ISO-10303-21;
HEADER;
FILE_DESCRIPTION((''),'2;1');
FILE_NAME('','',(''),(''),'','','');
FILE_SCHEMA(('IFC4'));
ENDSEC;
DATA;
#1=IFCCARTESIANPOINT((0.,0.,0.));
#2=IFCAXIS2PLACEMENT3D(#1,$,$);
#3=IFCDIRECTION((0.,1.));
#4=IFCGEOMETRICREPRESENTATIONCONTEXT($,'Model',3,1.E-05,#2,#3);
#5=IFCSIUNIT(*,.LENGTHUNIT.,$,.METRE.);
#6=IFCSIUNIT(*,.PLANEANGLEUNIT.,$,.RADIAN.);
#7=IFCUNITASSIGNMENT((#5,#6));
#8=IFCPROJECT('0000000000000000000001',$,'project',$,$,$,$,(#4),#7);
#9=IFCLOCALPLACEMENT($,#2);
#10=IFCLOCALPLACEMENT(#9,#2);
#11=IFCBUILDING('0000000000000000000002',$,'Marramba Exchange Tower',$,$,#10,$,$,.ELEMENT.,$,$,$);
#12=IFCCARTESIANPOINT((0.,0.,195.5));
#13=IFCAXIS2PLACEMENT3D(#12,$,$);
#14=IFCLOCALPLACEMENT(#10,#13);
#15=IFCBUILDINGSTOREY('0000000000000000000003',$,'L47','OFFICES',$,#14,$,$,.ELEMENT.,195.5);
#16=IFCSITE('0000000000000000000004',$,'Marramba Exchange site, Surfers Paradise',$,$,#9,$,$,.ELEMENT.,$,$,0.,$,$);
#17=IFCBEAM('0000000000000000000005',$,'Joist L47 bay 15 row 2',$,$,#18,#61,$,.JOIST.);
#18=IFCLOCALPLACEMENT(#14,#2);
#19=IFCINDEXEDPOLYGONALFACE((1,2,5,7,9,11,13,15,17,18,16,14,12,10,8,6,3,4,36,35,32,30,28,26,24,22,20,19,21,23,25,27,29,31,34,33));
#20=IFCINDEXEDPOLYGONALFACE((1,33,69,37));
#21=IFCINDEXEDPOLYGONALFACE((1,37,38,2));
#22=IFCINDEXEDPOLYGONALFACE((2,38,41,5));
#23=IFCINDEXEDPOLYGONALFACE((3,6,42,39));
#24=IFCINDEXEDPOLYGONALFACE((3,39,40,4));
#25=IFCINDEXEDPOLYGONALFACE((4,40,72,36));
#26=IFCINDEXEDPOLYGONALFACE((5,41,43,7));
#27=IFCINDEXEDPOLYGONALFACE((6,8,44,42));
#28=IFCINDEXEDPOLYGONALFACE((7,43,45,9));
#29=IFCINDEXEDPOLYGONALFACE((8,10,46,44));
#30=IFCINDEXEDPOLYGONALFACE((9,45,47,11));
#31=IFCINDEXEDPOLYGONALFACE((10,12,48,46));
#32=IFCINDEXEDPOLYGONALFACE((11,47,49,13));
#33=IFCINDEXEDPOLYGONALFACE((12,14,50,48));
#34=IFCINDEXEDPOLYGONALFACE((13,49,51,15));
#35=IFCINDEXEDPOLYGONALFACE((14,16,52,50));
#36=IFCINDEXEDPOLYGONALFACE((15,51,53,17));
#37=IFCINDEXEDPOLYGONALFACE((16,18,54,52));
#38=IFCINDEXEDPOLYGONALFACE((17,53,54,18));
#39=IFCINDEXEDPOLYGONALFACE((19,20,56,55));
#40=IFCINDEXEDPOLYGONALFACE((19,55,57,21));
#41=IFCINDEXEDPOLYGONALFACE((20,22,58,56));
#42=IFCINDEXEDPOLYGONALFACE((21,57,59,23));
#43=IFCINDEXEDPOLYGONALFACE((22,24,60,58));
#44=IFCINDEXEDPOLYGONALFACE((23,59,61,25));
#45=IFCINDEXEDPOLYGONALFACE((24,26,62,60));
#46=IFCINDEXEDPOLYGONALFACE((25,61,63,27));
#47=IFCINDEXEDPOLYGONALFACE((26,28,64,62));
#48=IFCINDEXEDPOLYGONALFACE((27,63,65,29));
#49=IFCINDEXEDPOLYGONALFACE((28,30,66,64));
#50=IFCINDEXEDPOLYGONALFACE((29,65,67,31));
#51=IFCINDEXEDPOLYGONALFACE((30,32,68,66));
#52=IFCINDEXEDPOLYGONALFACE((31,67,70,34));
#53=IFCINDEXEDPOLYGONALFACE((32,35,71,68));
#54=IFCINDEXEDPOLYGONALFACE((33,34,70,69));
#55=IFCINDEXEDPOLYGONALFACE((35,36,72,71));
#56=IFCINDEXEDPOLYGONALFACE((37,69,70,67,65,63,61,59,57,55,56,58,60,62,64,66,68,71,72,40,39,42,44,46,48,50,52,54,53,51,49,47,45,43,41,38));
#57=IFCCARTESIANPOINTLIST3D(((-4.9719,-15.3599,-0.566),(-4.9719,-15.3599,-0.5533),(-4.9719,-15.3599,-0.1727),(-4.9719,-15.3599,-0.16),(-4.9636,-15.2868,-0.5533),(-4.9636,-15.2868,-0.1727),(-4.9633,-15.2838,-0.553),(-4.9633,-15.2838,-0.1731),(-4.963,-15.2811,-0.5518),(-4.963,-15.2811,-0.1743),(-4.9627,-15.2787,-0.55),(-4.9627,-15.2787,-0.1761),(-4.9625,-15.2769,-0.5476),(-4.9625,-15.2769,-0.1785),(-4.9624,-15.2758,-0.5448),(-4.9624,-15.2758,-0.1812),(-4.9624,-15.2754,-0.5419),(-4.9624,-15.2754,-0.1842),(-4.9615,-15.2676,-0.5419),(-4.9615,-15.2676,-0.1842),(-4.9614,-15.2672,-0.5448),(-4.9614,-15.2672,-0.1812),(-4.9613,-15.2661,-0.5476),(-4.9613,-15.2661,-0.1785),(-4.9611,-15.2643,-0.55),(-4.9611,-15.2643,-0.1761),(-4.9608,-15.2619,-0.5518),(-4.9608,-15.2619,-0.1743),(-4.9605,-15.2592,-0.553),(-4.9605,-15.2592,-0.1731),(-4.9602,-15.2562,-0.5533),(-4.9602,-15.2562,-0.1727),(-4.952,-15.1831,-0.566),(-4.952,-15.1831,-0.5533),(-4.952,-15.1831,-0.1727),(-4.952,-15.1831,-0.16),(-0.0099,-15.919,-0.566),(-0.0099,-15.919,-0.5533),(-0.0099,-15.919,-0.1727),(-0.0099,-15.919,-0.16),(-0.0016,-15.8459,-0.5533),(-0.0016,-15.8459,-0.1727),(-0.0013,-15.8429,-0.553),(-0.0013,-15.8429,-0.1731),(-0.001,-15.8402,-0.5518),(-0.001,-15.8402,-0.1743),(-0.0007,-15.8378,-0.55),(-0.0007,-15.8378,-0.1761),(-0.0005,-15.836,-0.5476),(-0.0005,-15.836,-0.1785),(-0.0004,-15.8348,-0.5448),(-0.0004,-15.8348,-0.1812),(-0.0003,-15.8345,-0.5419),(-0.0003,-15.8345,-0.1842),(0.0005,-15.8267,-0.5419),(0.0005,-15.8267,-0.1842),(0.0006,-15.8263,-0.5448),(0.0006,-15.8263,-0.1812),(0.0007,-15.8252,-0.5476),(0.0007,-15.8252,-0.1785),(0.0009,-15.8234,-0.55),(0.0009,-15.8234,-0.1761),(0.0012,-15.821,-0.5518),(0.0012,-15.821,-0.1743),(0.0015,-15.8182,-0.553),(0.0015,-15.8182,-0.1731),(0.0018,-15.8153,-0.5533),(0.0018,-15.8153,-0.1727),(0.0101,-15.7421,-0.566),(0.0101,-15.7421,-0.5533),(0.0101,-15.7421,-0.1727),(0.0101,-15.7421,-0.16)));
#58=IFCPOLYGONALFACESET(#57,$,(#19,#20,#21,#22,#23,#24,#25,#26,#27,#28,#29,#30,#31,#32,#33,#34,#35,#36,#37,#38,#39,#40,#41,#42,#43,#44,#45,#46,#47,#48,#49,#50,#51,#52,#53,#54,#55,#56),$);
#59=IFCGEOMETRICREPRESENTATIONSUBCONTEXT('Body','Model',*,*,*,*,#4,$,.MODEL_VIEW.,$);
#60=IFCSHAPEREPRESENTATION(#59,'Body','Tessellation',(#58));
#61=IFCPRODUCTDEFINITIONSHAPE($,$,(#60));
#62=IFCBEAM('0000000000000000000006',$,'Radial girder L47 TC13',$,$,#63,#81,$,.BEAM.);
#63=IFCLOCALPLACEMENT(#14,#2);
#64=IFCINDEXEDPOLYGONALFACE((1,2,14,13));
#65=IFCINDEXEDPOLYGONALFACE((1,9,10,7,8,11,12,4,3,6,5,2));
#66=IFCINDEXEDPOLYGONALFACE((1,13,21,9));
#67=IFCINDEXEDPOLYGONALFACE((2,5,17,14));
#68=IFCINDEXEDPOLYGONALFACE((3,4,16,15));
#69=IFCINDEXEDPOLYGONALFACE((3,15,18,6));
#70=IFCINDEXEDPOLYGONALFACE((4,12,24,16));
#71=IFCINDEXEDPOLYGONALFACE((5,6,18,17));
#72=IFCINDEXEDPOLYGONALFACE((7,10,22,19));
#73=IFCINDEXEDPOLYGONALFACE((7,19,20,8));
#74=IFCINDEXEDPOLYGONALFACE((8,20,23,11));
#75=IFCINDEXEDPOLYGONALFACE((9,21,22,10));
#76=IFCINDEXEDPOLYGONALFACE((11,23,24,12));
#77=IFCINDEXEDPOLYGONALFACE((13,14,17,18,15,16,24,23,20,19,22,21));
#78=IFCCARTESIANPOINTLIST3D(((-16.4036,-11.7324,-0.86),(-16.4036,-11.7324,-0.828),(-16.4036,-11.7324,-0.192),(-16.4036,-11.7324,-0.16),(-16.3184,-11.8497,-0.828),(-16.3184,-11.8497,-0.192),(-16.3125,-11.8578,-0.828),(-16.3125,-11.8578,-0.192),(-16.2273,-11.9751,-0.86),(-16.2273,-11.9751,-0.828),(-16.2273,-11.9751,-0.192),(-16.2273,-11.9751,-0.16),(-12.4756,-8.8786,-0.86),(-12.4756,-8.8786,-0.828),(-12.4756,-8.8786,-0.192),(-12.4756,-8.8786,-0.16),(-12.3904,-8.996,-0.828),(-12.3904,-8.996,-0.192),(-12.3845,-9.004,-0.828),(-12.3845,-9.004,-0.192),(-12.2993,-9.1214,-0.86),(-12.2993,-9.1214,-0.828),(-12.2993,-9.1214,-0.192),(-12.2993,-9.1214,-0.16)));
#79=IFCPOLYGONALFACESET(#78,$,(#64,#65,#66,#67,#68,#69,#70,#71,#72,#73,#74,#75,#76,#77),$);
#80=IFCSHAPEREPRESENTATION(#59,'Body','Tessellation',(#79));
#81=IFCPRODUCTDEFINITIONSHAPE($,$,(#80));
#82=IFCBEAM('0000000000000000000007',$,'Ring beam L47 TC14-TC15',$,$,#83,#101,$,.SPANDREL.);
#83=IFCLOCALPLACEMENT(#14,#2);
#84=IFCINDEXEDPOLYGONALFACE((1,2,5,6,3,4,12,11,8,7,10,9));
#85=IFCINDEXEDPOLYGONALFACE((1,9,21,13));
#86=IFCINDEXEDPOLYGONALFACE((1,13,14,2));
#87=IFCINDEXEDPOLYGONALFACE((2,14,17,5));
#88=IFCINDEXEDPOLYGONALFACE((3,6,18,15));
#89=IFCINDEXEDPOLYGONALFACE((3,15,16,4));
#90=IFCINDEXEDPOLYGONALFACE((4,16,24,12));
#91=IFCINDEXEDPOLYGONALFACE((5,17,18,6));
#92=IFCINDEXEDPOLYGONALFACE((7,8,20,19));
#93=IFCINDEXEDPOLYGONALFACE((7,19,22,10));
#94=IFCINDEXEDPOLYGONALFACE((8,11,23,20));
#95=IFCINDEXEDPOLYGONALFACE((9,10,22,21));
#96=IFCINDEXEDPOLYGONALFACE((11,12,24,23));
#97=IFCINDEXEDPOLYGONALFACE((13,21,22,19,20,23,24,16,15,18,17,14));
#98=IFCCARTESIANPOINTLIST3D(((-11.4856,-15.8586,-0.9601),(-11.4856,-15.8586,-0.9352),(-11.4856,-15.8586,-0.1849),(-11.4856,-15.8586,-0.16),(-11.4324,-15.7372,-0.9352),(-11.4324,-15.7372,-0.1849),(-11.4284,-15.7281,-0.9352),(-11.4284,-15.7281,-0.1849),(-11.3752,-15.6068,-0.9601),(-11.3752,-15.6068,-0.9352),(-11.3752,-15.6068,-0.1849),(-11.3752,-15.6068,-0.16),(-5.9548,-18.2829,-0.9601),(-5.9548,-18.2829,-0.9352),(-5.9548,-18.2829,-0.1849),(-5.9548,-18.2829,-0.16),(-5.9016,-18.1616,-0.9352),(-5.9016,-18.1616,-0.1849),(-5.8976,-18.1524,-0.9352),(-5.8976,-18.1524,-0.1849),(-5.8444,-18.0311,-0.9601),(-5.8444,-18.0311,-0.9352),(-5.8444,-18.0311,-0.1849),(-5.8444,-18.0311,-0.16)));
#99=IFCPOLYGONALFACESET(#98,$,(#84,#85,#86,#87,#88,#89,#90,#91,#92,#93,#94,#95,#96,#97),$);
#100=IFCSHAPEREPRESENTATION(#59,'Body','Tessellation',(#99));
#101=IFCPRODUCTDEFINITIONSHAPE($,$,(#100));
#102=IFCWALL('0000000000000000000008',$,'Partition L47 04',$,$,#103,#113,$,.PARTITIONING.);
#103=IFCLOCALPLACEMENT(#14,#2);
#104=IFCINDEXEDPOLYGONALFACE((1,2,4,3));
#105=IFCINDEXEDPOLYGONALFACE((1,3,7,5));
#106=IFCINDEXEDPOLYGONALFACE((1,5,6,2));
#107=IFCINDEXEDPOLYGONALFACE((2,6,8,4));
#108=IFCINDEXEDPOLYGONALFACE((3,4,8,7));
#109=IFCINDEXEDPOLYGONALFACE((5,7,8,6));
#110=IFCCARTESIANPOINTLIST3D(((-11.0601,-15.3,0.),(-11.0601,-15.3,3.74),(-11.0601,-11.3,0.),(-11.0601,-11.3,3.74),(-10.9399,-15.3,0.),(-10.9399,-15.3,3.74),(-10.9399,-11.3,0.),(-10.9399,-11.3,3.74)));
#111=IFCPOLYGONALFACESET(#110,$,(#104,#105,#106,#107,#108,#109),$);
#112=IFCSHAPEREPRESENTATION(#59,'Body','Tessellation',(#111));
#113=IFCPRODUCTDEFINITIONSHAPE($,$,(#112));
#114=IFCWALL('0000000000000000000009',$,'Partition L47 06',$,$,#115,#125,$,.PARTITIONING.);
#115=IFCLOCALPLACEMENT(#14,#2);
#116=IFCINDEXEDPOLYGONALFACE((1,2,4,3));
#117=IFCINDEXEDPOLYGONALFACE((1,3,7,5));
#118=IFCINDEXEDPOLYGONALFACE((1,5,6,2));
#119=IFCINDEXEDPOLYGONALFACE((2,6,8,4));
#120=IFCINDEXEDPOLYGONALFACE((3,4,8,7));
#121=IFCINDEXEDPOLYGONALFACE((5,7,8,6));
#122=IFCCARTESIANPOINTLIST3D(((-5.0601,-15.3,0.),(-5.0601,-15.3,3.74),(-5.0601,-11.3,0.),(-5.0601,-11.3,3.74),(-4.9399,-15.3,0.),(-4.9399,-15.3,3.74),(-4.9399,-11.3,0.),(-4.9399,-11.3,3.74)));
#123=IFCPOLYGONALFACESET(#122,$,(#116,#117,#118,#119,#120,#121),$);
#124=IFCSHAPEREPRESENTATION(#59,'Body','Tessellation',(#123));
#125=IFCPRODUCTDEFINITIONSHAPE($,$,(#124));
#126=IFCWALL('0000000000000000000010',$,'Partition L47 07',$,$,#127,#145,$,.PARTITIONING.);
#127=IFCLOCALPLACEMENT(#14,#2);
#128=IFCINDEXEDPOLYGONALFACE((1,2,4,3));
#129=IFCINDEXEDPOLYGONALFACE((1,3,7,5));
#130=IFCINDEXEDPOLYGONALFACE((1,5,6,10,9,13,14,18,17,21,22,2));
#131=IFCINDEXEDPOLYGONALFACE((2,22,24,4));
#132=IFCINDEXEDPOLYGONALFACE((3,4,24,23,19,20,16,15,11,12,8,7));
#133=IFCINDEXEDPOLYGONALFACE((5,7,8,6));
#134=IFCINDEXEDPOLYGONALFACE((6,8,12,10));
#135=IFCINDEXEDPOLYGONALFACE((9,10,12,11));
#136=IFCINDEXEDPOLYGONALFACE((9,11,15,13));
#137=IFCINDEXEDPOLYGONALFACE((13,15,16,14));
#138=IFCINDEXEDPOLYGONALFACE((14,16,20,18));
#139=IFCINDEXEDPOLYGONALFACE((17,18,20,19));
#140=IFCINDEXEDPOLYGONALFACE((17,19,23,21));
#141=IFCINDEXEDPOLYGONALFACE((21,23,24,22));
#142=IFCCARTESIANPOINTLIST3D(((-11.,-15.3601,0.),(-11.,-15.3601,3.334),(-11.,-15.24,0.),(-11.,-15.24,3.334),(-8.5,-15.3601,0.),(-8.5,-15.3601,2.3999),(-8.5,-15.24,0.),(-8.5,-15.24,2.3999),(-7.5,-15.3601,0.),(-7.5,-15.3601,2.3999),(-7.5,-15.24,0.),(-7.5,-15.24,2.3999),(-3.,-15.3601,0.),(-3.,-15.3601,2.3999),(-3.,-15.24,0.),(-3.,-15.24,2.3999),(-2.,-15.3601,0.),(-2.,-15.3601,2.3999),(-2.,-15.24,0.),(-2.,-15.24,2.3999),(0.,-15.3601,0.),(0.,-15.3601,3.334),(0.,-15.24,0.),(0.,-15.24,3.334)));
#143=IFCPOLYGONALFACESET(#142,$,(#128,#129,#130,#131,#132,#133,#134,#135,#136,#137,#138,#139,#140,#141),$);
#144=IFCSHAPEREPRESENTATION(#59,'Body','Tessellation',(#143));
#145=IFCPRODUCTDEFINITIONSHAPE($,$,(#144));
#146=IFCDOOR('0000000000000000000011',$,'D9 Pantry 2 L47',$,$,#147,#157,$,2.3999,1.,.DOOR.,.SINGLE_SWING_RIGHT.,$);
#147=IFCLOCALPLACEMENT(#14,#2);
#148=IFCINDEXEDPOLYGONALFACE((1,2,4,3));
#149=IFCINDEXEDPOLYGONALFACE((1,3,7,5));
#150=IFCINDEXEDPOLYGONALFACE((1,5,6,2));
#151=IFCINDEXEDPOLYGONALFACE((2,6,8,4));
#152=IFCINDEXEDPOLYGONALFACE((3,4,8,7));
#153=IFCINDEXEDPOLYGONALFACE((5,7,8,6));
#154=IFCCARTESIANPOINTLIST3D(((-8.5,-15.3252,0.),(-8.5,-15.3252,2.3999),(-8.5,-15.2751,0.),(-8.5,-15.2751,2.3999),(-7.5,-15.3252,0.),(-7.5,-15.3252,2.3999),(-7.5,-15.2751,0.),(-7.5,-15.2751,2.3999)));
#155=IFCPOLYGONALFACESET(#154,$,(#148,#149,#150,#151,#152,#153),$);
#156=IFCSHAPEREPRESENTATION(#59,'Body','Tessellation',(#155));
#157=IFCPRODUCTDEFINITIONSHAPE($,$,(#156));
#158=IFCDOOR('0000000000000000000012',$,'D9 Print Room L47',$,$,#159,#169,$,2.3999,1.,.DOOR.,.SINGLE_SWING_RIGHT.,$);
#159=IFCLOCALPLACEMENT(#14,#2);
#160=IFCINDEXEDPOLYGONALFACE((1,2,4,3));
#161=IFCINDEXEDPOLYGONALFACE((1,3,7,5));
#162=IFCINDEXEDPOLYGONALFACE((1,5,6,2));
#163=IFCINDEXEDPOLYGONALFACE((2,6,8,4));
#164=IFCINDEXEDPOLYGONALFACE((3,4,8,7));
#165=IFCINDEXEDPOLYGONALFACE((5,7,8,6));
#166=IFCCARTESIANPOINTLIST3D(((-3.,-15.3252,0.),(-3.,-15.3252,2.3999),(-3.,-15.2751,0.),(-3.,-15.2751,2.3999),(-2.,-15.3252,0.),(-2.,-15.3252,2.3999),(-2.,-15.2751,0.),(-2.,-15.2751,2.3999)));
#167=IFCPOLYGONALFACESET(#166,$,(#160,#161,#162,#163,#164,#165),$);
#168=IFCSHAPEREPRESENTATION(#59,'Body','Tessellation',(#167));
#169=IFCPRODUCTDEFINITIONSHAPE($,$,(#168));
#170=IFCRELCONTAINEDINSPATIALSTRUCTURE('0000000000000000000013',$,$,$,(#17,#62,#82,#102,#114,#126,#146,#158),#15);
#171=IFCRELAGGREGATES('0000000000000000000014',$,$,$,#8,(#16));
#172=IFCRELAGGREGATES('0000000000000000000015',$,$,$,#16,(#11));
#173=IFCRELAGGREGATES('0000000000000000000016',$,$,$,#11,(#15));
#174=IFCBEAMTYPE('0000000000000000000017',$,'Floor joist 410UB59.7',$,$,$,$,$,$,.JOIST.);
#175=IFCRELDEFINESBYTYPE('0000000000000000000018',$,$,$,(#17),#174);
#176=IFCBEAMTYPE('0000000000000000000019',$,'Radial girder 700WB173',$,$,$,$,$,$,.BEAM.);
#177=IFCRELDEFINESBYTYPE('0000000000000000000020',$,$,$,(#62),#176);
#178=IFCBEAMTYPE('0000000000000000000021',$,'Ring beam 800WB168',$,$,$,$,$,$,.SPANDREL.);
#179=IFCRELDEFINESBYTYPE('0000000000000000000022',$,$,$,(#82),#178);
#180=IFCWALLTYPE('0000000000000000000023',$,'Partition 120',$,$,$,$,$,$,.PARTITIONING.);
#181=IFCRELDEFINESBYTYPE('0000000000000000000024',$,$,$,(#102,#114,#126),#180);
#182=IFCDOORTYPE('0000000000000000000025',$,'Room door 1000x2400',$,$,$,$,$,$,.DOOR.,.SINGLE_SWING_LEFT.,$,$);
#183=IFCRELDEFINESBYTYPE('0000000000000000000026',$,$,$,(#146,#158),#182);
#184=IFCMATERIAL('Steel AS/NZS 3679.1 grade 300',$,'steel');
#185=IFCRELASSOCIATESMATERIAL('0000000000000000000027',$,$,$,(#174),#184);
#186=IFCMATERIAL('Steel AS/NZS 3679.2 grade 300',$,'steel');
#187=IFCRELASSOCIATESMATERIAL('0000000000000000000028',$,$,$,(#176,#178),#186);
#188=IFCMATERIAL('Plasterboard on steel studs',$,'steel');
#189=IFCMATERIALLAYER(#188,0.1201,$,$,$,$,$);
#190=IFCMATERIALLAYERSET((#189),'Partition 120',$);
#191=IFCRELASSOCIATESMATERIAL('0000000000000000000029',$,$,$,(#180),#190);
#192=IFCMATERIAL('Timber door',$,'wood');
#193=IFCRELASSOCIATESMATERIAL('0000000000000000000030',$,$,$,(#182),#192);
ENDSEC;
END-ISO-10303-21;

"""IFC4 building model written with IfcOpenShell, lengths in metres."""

from ifc_helpers import new_model, si_unit, direction, frame, frame_2d, origin, origin_2d, place, context, subcontext, project, spatial, rectangle, i_section, extrude, material, layer, layer_set, material_profile, profile_set, type_object, element, fill, save


model = new_model("IFC4")

# Units and contexts
model_context = context("Model", 3, precision=1e-05, world=origin(), true_north=direction((0.0, 1.0)))
body_context = subcontext(model_context, "Body", "Model", "MODEL_VIEW")
ifc_project = project(units=[si_unit("LENGTHUNIT", "METRE"), si_unit("PLANEANGLEUNIT", "RADIAN")], contexts=[model_context])

# Site, building, storey
site_placement = place(None, origin())
site = spatial("IfcSite", under=ifc_project, at=site_placement, Name="Marramba Exchange site, Surfers Paradise", CompositionType="ELEMENT", RefElevation=0.0)
building_placement = place(site_placement, origin())
building = spatial("IfcBuilding", under=site, at=building_placement, Name="Marramba Exchange Tower", CompositionType="ELEMENT")
storey_placement = place(building_placement, frame((0.0, 0.0, 195.5)))
storey = spatial("IfcBuildingStorey", under=building, at=storey_placement, Name="L47", Description="OFFICES", CompositionType="ELEMENT", Elevation=195.5)

# Beams
ifc_material_1 = material(Name="Steel AS/NZS 3679.2 grade 300", Category="steel")
ifc_material_2 = material(Name="Steel AS/NZS 3679.1 grade 300", Category="steel")
ifc_material_profile_1 = material_profile(ifc_material_2, i_section(OverallWidth=0.178, OverallDepth=0.406, WebThickness=0.0078, FlangeThickness=0.0127, FilletRadius=0.0115, at=origin_2d()), Name="410UB59.7")
ifc_profile_set_1 = profile_set([ifc_material_profile_1], Name="Steel AS/NZS 3679.1 grade 300")
beam_type_1 = type_object("IfcBeamType", Name="Floor joist 410UB59.7", PredefinedType="JOIST", material=ifc_profile_set_1)
beam_1_placement = place(storey_placement, frame((-4.9619, -15.2715, -0.363), z_axis=(0.993712, -0.111966, 0.0), x_axis=(0.111966, 0.993712, 0.0)))
element("IfcBeam", 1, at=beam_1_placement, inside=storey, type_object=beam_type_1, Name="Joist L47 bay 15 row 2", PredefinedType="JOIST", context=body_context, shape_type="SweptSolid", body=[
    extrude(i_section(OverallWidth=0.178, OverallDepth=0.406, WebThickness=0.0078, FlangeThickness=0.0127, FilletRadius=0.0115, at=origin_2d()), origin(), (0.0, 0.0, 1.0), 4.9934),
])
ifc_material_profile_2 = material_profile(ifc_material_1, i_section(OverallWidth=0.3, OverallDepth=0.7, WebThickness=0.01, FlangeThickness=0.032, at=origin_2d()), Name="700WB173")
ifc_profile_set_2 = profile_set([ifc_material_profile_2], Name="Steel AS/NZS 3679.2 grade 300")
beam_type_2 = type_object("IfcBeamType", Name="Radial girder 700WB173", PredefinedType="BEAM", material=ifc_profile_set_2)
beam_2_placement = place(storey_placement, frame((-12.3875, -9.0, -0.51), z_axis=(-0.809025, -0.587774, 0.0), x_axis=(0.587774, -0.809025, 0.0)))
element("IfcBeam", 2, at=beam_2_placement, inside=storey, type_object=beam_type_2, Name="Radial girder L47 TC13", PredefinedType="BEAM", context=body_context, shape_type="SweptSolid", body=[
    extrude(i_section(OverallWidth=0.3, OverallDepth=0.7, WebThickness=0.01, FlangeThickness=0.032, at=origin_2d()), origin(), (0.0, 0.0, 1.0), 4.8552),
])
ifc_material_profile_3 = material_profile(ifc_material_1, i_section(OverallWidth=0.2749, OverallDepth=0.8, WebThickness=0.01, FlangeThickness=0.0249, at=origin_2d()), Name="800WB168")
ifc_profile_set_3 = profile_set([ifc_material_profile_3], Name="Steel AS/NZS 3679.2 grade 300")
beam_type_3 = type_object("IfcBeamType", Name="Ring beam 800WB168", PredefinedType="SPANDREL", material=ifc_profile_set_3)
beam_3_placement = place(storey_placement, frame((-11.4304, -15.7327, -0.5601), z_axis=(0.915877, -0.401459, 0.0), x_axis=(0.401459, 0.915877, 0.0)))
element("IfcBeam", 3, at=beam_3_placement, inside=storey, type_object=beam_type_3, Name="Ring beam L47 TC14-TC15", PredefinedType="SPANDREL", context=body_context, shape_type="SweptSolid", body=[
    extrude(i_section(OverallWidth=0.2749, OverallDepth=0.8, WebThickness=0.01, FlangeThickness=0.0249, at=origin_2d()), origin(), (0.0, 0.0, 1.0), 6.0388),
])

# Walls
ifc_material_3 = material(Name="Plasterboard on steel studs", Category="steel")
ifc_layer_1 = layer(ifc_material_3, 0.1201)
ifc_layer_set_1 = layer_set([ifc_layer_1], Name="Partition 120")
wall_type = type_object("IfcWallType", Name="Partition 120", PredefinedType="PARTITIONING", material=ifc_layer_set_1)
for number, where, z_axis, x_axis, name in (
    (4, (-11.0, -11.3, 0.0), (0.0, 0.0, 1.0), (0.0, -1.0, 0.0), "Partition L47 04"),
    (5, (-5.0, -11.3, 0.0), (0.0, 0.0, 1.0), (0.0, -1.0, 0.0), "Partition L47 06"),
):
    element("IfcWall", number, at=place(storey_placement, frame(where, z_axis=z_axis, x_axis=x_axis)), inside=storey, type_object=wall_type, Name=name, PredefinedType="PARTITIONING", context=body_context, shape_type="SweptSolid", body=[
        extrude(rectangle(XDim=4.0, YDim=0.1201, at=frame_2d((2.0, 0.0))), origin(), (0.0, 0.0, 1.0), 3.74),
    ])

# Wall, openings, doors
wall_placement = place(storey_placement, frame((-11.0, -15.3, 0.0), z_axis=(0.0, 0.0, 1.0), x_axis=(1.0, 0.0, 0.0)))
wall = element("IfcWall", 6, at=wall_placement, inside=storey, type_object=wall_type, Name="Partition L47 07", PredefinedType="PARTITIONING", context=body_context, shape_type="SweptSolid", body=[
    extrude(rectangle(XDim=11.0, YDim=0.1201, at=frame_2d((5.5, 0.0))), origin(), (0.0, 0.0, 1.0), 3.334),
])
opening_1_placement = place(wall_placement, frame((2.5, 0.0, 0.0)))
opening_1 = element("IfcOpeningElement", 7, at=opening_1_placement, cuts=wall, PredefinedType="OPENING", context=body_context, shape_type="SweptSolid", body=[
    extrude(rectangle(XDim=1.0, YDim=2.3999, at=frame_2d((0.5, 1.2))), frame((0.0, 0.0701, 0.0), z_axis=(0.0, -1.0, 0.0), x_axis=(1.0, 0.0, 0.0)), (0.0, 0.0, 1.0), 0.1401),
])
opening_2_placement = place(wall_placement, frame((8.0, 0.0, 0.0)))
opening_2 = element("IfcOpeningElement", 8, at=opening_2_placement, cuts=wall, PredefinedType="OPENING", context=body_context, shape_type="SweptSolid", body=[
    extrude(rectangle(XDim=1.0, YDim=2.3999, at=frame_2d((0.5, 1.2))), frame((0.0, 0.0701, 0.0), z_axis=(0.0, -1.0, 0.0), x_axis=(1.0, 0.0, 0.0)), (0.0, 0.0, 1.0), 0.1401),
])
ifc_material_4 = material(Name="Timber door", Category="wood")
door_type = type_object("IfcDoorType", Name="Room door 1000x2400", OperationType="SINGLE_SWING_LEFT", PredefinedType="DOOR", material=ifc_material_4)
door_1_placement = place(opening_1_placement, origin())
door_1 = element("IfcDoor", 9, at=door_1_placement, inside=storey, type_object=door_type, Name="D9 Pantry 2 L47", OperationType="SINGLE_SWING_RIGHT", OverallHeight=2.3999, OverallWidth=1.0, PredefinedType="DOOR", context=body_context, shape_type="SweptSolid", body=[
    extrude(rectangle(XDim=1.0, YDim=2.3999, at=frame_2d((0.5, 1.2))), frame((0.0, 0.0249, 0.0), z_axis=(0.0, -1.0, 0.0), x_axis=(1.0, 0.0, 0.0)), (0.0, 0.0, 1.0), 0.05),
])
fill(opening_1, door_1)
door_2_placement = place(opening_2_placement, origin())
door_2 = element("IfcDoor", 10, at=door_2_placement, inside=storey, type_object=door_type, Name="D9 Print Room L47", OperationType="SINGLE_SWING_RIGHT", OverallHeight=2.3999, OverallWidth=1.0, PredefinedType="DOOR", context=body_context, shape_type="SweptSolid", body=[
    extrude(rectangle(XDim=1.0, YDim=2.3999, at=frame_2d((0.5, 1.2))), frame((0.0, 0.0249, 0.0), z_axis=(0.0, -1.0, 0.0), x_axis=(1.0, 0.0, 0.0)), (0.0, 0.0, 1.0), 0.05),
])
fill(opening_2, door_2)

save(model, "model.ifc")
